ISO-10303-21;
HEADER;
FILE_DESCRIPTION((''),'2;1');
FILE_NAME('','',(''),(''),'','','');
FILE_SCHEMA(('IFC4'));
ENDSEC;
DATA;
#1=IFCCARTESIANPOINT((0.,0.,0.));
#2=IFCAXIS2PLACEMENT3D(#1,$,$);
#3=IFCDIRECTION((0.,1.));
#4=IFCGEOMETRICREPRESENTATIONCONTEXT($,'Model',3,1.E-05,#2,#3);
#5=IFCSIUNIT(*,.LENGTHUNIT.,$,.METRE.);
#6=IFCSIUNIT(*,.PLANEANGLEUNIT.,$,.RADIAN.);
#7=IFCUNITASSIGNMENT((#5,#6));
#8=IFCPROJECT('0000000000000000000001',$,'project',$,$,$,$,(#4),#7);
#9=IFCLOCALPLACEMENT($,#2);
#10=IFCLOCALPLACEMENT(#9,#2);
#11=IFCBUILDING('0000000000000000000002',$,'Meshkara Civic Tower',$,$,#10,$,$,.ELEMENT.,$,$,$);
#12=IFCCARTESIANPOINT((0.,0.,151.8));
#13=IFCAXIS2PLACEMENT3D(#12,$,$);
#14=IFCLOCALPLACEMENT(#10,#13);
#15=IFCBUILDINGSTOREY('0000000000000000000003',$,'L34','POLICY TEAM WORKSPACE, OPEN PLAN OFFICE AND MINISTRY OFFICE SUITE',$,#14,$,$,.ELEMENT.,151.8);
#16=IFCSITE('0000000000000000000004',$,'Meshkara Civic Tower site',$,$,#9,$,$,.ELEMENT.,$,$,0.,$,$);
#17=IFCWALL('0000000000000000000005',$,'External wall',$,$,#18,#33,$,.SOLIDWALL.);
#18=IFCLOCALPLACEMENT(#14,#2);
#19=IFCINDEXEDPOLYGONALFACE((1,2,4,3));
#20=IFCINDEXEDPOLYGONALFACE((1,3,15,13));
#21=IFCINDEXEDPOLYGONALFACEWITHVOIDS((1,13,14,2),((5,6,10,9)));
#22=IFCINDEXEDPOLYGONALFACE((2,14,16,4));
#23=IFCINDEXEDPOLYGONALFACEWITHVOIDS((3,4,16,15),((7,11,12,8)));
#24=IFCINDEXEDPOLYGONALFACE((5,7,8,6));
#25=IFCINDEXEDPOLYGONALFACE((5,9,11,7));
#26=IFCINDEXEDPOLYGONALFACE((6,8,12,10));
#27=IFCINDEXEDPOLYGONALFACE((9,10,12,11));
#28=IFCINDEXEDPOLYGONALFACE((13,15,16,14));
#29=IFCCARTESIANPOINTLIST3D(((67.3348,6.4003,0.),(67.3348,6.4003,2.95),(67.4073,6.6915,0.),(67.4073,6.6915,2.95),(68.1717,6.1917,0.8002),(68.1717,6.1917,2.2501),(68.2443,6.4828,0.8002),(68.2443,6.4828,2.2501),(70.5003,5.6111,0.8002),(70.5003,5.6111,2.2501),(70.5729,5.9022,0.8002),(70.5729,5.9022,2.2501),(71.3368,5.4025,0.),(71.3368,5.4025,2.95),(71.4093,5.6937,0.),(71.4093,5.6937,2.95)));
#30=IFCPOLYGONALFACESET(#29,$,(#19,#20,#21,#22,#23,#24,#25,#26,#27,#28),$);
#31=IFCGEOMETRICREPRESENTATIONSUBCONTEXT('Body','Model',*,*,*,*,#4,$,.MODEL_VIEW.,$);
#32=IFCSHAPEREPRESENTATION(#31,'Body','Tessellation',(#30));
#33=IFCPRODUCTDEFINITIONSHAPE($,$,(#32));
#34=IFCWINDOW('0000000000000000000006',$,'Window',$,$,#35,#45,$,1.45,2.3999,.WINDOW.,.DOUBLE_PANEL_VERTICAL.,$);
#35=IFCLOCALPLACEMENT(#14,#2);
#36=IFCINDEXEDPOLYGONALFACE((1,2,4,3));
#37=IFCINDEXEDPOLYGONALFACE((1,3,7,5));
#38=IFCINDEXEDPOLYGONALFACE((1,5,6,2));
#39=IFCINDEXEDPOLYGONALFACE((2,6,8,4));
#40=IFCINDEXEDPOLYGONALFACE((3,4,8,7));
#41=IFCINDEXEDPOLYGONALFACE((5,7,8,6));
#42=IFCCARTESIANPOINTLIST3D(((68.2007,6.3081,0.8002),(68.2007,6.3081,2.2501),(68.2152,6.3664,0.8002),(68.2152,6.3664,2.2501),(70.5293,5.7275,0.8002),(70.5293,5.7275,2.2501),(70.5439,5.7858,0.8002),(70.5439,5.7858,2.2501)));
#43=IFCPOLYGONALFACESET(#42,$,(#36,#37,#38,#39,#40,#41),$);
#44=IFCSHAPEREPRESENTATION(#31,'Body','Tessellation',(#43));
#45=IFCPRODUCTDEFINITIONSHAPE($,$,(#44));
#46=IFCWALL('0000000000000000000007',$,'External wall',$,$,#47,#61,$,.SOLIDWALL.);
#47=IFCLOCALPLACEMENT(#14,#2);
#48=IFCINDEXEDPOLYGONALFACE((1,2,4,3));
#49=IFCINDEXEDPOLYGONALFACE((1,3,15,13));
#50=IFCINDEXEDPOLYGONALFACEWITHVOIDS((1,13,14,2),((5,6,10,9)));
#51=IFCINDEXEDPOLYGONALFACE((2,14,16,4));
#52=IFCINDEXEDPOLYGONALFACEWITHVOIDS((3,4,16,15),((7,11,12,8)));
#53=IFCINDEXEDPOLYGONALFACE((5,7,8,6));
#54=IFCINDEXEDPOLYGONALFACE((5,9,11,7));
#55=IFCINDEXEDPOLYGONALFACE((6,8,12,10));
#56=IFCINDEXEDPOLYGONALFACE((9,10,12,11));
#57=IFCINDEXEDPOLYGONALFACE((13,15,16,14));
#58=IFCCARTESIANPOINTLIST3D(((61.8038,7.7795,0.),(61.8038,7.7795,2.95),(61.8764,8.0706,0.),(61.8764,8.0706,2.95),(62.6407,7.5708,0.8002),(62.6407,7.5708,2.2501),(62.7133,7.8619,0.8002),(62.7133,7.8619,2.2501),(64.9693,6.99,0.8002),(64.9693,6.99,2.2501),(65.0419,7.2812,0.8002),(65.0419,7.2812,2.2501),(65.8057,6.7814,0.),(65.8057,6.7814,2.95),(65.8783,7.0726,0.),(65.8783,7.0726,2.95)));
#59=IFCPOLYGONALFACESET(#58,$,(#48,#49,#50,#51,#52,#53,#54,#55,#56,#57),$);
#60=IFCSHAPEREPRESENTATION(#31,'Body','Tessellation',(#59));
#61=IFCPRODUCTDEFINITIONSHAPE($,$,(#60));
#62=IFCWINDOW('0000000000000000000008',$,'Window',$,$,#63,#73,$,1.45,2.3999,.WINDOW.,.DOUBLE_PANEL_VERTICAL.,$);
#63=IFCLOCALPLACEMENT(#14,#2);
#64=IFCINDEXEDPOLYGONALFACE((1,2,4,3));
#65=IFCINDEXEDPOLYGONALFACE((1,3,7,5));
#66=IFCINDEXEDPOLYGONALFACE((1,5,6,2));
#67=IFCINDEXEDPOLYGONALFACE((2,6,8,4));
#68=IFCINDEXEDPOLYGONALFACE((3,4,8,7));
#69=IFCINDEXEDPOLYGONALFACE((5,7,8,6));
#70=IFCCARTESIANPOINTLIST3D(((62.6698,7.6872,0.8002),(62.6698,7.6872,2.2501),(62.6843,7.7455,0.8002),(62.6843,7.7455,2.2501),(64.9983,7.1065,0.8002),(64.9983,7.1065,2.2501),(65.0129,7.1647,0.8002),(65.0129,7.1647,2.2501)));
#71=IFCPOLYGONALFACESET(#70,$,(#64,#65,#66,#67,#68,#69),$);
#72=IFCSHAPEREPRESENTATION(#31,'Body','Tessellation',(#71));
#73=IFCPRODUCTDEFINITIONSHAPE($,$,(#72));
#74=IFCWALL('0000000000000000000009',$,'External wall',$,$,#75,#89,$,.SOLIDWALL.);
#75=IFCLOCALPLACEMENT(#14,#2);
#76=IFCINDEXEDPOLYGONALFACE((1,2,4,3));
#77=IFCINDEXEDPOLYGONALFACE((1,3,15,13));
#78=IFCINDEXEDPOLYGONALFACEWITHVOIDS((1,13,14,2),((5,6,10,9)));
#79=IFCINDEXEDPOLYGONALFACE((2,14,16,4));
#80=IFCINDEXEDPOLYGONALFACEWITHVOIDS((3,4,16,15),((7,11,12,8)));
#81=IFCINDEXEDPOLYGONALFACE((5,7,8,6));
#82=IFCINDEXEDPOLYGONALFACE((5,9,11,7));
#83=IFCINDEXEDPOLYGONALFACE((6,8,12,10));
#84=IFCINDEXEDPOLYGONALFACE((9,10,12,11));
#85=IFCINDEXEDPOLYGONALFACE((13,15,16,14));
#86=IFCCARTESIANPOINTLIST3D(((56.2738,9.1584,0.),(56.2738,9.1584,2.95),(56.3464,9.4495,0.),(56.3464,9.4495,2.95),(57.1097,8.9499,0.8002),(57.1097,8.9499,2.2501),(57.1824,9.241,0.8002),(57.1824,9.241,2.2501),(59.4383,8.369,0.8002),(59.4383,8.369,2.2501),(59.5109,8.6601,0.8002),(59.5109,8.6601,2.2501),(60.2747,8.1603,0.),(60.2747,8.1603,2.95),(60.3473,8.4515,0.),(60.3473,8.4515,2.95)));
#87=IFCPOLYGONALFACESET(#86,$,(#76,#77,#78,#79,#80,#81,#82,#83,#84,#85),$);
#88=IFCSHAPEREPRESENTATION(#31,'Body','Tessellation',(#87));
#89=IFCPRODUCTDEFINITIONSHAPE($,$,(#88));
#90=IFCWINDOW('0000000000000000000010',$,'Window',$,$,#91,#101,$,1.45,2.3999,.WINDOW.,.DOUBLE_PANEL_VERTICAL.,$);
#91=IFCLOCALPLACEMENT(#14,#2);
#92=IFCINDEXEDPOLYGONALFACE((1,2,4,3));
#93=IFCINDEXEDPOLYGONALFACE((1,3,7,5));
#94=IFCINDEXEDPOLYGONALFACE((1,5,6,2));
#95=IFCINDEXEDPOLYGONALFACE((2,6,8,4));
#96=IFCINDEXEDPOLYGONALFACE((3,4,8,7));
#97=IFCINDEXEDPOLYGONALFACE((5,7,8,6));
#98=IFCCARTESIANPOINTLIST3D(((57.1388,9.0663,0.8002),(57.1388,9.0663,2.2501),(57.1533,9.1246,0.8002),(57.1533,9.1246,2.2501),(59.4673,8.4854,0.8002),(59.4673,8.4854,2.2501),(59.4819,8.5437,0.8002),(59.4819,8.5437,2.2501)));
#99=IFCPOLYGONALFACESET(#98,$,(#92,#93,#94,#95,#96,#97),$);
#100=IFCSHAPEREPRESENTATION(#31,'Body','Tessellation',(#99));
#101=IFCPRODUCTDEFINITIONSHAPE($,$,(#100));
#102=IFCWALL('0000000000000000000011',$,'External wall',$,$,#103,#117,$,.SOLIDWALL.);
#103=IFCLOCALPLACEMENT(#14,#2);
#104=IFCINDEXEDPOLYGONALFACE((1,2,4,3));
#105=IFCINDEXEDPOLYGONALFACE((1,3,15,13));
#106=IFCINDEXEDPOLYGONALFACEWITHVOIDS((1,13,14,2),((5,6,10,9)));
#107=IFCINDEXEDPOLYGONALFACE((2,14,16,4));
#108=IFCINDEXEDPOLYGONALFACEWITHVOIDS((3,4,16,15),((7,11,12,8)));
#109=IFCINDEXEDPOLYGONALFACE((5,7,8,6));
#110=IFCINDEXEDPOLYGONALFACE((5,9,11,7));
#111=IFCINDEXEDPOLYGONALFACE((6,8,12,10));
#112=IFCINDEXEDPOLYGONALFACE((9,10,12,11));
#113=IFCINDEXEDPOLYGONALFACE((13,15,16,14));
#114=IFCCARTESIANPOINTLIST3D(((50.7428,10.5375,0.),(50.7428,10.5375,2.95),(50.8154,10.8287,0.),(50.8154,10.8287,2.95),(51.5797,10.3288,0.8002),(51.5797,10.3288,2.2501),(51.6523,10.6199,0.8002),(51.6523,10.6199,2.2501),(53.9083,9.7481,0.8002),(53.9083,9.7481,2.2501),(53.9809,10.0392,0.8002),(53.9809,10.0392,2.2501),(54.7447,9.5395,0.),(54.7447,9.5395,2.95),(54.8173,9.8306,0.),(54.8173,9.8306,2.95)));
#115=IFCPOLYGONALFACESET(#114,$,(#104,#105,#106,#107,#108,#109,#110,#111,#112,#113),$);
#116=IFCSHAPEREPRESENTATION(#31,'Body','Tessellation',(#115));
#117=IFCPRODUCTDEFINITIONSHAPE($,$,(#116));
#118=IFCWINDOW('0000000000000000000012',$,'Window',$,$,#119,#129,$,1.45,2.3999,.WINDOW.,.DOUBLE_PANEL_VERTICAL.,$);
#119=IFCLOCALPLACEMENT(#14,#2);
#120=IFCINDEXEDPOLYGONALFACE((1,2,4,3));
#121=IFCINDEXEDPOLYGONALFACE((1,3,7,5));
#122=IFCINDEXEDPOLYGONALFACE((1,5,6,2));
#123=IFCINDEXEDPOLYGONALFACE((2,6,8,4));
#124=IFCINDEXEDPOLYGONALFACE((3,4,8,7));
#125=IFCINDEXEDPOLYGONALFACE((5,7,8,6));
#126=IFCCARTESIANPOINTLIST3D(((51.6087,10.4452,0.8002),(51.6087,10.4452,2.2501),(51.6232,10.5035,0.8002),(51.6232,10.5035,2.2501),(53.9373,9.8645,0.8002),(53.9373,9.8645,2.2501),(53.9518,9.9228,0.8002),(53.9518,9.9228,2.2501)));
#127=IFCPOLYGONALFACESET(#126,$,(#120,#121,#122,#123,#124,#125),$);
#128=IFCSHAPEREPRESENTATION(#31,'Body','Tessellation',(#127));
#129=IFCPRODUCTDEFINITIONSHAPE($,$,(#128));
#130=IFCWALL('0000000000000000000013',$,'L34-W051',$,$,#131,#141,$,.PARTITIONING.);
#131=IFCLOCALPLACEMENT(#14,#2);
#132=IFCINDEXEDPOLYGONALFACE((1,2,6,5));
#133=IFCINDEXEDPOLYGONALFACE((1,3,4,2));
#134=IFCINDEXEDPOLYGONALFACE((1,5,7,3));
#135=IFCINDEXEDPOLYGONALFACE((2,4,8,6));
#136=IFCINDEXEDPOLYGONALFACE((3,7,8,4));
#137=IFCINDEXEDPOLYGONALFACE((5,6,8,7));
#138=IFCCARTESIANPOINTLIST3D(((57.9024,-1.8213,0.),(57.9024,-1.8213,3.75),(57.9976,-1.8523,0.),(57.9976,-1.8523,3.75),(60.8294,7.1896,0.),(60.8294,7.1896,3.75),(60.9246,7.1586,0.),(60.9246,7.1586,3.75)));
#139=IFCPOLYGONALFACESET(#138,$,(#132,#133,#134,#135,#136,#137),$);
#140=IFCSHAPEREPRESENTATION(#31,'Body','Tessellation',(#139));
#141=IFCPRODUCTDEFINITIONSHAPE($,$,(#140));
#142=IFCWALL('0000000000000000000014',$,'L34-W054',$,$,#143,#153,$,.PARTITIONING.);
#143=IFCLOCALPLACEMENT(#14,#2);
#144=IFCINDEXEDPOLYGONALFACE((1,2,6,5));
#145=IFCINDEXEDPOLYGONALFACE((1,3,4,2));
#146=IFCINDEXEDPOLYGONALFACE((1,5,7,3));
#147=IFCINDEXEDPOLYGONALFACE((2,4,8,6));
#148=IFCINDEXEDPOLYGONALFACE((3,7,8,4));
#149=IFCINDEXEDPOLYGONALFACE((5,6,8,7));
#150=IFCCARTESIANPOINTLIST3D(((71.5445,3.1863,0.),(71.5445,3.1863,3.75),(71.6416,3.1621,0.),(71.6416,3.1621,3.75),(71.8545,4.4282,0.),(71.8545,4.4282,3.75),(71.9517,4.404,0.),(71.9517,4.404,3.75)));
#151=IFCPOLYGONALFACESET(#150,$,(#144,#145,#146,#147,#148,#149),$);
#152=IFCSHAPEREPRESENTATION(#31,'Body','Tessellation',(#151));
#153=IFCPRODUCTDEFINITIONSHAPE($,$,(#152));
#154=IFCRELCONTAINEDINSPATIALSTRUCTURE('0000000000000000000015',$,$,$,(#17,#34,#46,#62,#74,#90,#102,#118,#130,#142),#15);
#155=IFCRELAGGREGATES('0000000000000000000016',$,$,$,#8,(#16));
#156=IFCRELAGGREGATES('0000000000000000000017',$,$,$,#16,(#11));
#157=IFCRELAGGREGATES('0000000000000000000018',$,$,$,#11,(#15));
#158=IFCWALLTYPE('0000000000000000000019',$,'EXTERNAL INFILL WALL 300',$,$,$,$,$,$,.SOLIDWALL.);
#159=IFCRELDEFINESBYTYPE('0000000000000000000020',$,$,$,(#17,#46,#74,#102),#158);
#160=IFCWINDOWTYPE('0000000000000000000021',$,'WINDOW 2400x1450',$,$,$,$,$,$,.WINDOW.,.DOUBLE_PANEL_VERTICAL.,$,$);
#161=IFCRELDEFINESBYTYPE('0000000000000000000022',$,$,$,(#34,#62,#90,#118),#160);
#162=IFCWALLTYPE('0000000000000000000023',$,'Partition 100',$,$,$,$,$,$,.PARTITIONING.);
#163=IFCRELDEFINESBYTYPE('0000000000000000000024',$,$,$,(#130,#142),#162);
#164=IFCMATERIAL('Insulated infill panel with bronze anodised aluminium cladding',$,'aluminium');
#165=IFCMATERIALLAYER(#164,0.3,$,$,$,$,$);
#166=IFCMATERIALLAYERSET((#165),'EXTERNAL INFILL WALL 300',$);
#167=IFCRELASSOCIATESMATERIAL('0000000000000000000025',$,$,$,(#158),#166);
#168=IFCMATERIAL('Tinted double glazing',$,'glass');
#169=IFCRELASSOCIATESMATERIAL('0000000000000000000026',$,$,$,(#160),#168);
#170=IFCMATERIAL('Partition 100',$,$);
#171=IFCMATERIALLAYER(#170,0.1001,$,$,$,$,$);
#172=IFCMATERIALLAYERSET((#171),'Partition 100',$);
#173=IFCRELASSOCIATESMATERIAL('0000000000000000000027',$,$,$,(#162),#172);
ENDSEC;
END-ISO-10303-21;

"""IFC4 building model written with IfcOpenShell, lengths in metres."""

from ifc_helpers import new_model, si_unit, direction, frame, frame_2d, origin, place, context, subcontext, project, spatial, rectangle, extrude, material, layer, layer_set, type_object, element, fill, save


model = new_model("IFC4")

# Units and contexts
model_context = context("Model", 3, precision=1e-05, world=origin(), true_north=direction((0.0, 1.0)))
body_context = subcontext(model_context, "Body", "Model", "MODEL_VIEW")
ifc_project = project(units=[si_unit("LENGTHUNIT", "METRE"), si_unit("PLANEANGLEUNIT", "RADIAN")], contexts=[model_context])

# Site, building, storey
site_placement = place(None, origin())
site = spatial("IfcSite", under=ifc_project, at=site_placement, Name="Meshkara Civic Tower site", CompositionType="ELEMENT", RefElevation=0.0)
building_placement = place(site_placement, origin())
building = spatial("IfcBuilding", under=site, at=building_placement, Name="Meshkara Civic Tower", CompositionType="ELEMENT")
storey_placement = place(building_placement, frame((0.0, 0.0, 151.8)))
storey = spatial("IfcBuildingStorey", under=building, at=storey_placement, Name="L34", Description="POLICY TEAM WORKSPACE, OPEN PLAN OFFICE AND MINISTRY OFFICE SUITE", CompositionType="ELEMENT", Elevation=151.8)

# Walls, openings, windows
ifc_material_1 = material(Name="Insulated infill panel with bronze anodised aluminium cladding", Category="aluminium")
ifc_layer_1 = layer(ifc_material_1, 0.3)
ifc_layer_set_1 = layer_set([ifc_layer_1], Name="EXTERNAL INFILL WALL 300")
wall_type_1 = type_object("IfcWallType", Name="EXTERNAL INFILL WALL 300", PredefinedType="SOLIDWALL", material=ifc_layer_set_1)
wall_1_placement = place(storey_placement, frame((71.373, 5.5481, 0.0), z_axis=(0.0, 0.0, 1.0), x_axis=(-0.970296, 0.241923, 0.0)))
wall_1 = element("IfcWall", 1, at=wall_1_placement, inside=storey, type_object=wall_type_1, Name="External wall", PredefinedType="SOLIDWALL", context=body_context, shape_type="SweptSolid", body=[
    extrude(rectangle(XDim=4.1245, YDim=0.3, at=frame_2d((2.0623, 0.0))), origin(), (0.0, 0.0, 1.0), 2.95),
])
opening_1_placement = place(wall_1_placement, frame((0.8621, 0.0, 0.8)))
opening_1 = element("IfcOpeningElement", 2, at=opening_1_placement, cuts=wall_1, PredefinedType="OPENING", context=body_context, shape_type="SweptSolid", body=[
    extrude(rectangle(XDim=2.3999, YDim=1.45, at=frame_2d((1.2, 0.7251))), frame((0.0, 0.1599, 0.0), z_axis=(0.0, -1.0, 0.0), x_axis=(1.0, 0.0, 0.0)), (0.0, 0.0, 1.0), 0.3201),
])
ifc_material_2 = material(Name="Tinted double glazing", Category="glass")
window_type = type_object("IfcWindowType", Name="WINDOW 2400x1450", PartitioningType="DOUBLE_PANEL_VERTICAL", PredefinedType="WINDOW", material=ifc_material_2)
window_1_placement = place(opening_1_placement, origin())
window_1 = element("IfcWindow", 3, at=window_1_placement, inside=storey, type_object=window_type, Name="Window", OverallHeight=1.45, OverallWidth=2.3999, PartitioningType="DOUBLE_PANEL_VERTICAL", PredefinedType="WINDOW", context=body_context, shape_type="SweptSolid", body=[
    extrude(rectangle(XDim=2.3999, YDim=1.45, at=frame_2d((1.2, 0.7251))), frame((0.0, 0.03, 0.0), z_axis=(0.0, -1.0, 0.0), x_axis=(1.0, 0.0, 0.0)), (0.0, 0.0, 1.0), 0.0601),
])
fill(opening_1, window_1)
wall_2_placement = place(storey_placement, frame((65.842, 6.927, 0.0), z_axis=(0.0, 0.0, 1.0), x_axis=(-0.970282, 0.241978, 0.0)))
wall_2 = element("IfcWall", 4, at=wall_2_placement, inside=storey, type_object=wall_type_1, Name="External wall", PredefinedType="SOLIDWALL", context=body_context, shape_type="SweptSolid", body=[
    extrude(rectangle(XDim=4.1245, YDim=0.3, at=frame_2d((2.0623, 0.0))), origin(), (0.0, 0.0, 1.0), 2.95),
])
opening_2_placement = place(wall_2_placement, frame((0.8621, 0.0, 0.8)))
opening_2 = element("IfcOpeningElement", 5, at=opening_2_placement, cuts=wall_2, PredefinedType="OPENING", context=body_context, shape_type="SweptSolid", body=[
    extrude(rectangle(XDim=2.3999, YDim=1.45, at=frame_2d((1.2, 0.7251))), frame((0.0, 0.1599, 0.0), z_axis=(0.0, -1.0, 0.0), x_axis=(1.0, 0.0, 0.0)), (0.0, 0.0, 1.0), 0.3201),
])
window_2_placement = place(opening_2_placement, origin())
window_2 = element("IfcWindow", 6, at=window_2_placement, inside=storey, type_object=window_type, Name="Window", OverallHeight=1.45, OverallWidth=2.3999, PartitioningType="DOUBLE_PANEL_VERTICAL", PredefinedType="WINDOW", context=body_context, shape_type="SweptSolid", body=[
    extrude(rectangle(XDim=2.3999, YDim=1.45, at=frame_2d((1.2, 0.7251))), frame((0.0, 0.03, 0.0), z_axis=(0.0, -1.0, 0.0), x_axis=(1.0, 0.0, 0.0)), (0.0, 0.0, 1.0), 0.0601),
])
fill(opening_2, window_2)
wall_3_placement = place(storey_placement, frame((60.311, 8.3059, 0.0), z_axis=(0.0, 0.0, 1.0), x_axis=(-0.970268, 0.242034, 0.0)))
wall_3 = element("IfcWall", 7, at=wall_3_placement, inside=storey, type_object=wall_type_1, Name="External wall", PredefinedType="SOLIDWALL", context=body_context, shape_type="SweptSolid", body=[
    extrude(rectangle(XDim=4.1235, YDim=0.3, at=frame_2d((2.0618, 0.0))), origin(), (0.0, 0.0, 1.0), 2.95),
])
opening_3_placement = place(wall_3_placement, frame((0.8621, 0.0, 0.8)))
opening_3 = element("IfcOpeningElement", 8, at=opening_3_placement, cuts=wall_3, PredefinedType="OPENING", context=body_context, shape_type="SweptSolid", body=[
    extrude(rectangle(XDim=2.3999, YDim=1.45, at=frame_2d((1.2, 0.7251))), frame((0.0, 0.1599, 0.0), z_axis=(0.0, -1.0, 0.0), x_axis=(1.0, 0.0, 0.0)), (0.0, 0.0, 1.0), 0.3201),
])
window_3_placement = place(opening_3_placement, origin())
window_3 = element("IfcWindow", 9, at=window_3_placement, inside=storey, type_object=window_type, Name="Window", OverallHeight=1.45, OverallWidth=2.3999, PartitioningType="DOUBLE_PANEL_VERTICAL", PredefinedType="WINDOW", context=body_context, shape_type="SweptSolid", body=[
    extrude(rectangle(XDim=2.3999, YDim=1.45, at=frame_2d((1.2, 0.7251))), frame((0.0, 0.03, 0.0), z_axis=(0.0, -1.0, 0.0), x_axis=(1.0, 0.0, 0.0)), (0.0, 0.0, 1.0), 0.0601),
])
fill(opening_3, window_3)
wall_4_placement = place(storey_placement, frame((54.781, 9.6851, 0.0), z_axis=(0.0, 0.0, 1.0), x_axis=(-0.970282, 0.241978, 0.0)))
wall_4 = element("IfcWall", 10, at=wall_4_placement, inside=storey, type_object=wall_type_1, Name="External wall", PredefinedType="SOLIDWALL", context=body_context, shape_type="SweptSolid", body=[
    extrude(rectangle(XDim=4.1245, YDim=0.3, at=frame_2d((2.0623, 0.0))), origin(), (0.0, 0.0, 1.0), 2.95),
])
opening_4_placement = place(wall_4_placement, frame((0.8621, 0.0, 0.8)))
opening_4 = element("IfcOpeningElement", 11, at=opening_4_placement, cuts=wall_4, PredefinedType="OPENING", context=body_context, shape_type="SweptSolid", body=[
    extrude(rectangle(XDim=2.3999, YDim=1.45, at=frame_2d((1.2, 0.7251))), frame((0.0, 0.1599, 0.0), z_axis=(0.0, -1.0, 0.0), x_axis=(1.0, 0.0, 0.0)), (0.0, 0.0, 1.0), 0.3201),
])
window_4_placement = place(opening_4_placement, origin())
window_4 = element("IfcWindow", 12, at=window_4_placement, inside=storey, type_object=window_type, Name="Window", OverallHeight=1.45, OverallWidth=2.3999, PartitioningType="DOUBLE_PANEL_VERTICAL", PredefinedType="WINDOW", context=body_context, shape_type="SweptSolid", body=[
    extrude(rectangle(XDim=2.3999, YDim=1.45, at=frame_2d((1.2, 0.7251))), frame((0.0, 0.03, 0.0), z_axis=(0.0, -1.0, 0.0), x_axis=(1.0, 0.0, 0.0)), (0.0, 0.0, 1.0), 0.0601),
])
fill(opening_4, window_4)

# Walls
ifc_material_3 = material(Name="Partition 100")
ifc_layer_2 = layer(ifc_material_3, 0.1001)
ifc_layer_set_2 = layer_set([ifc_layer_2], Name="Partition 100")
wall_type_2 = type_object("IfcWallType", Name="Partition 100", PredefinedType="PARTITIONING", material=ifc_layer_set_2)
wall_5_placement = place(storey_placement, frame((57.95, -1.8369, 0.0), z_axis=(0.0, 0.0, 1.0), x_axis=(0.308936, 0.951083, 0.0)))
element("IfcWall", 13, at=wall_5_placement, inside=storey, type_object=wall_type_2, Name="L34-W051", PredefinedType="PARTITIONING", context=body_context, shape_type="SweptSolid", body=[
    extrude(rectangle(XDim=9.4744, YDim=0.1001, at=frame_2d((4.7373, 0.0))), origin(), (0.0, 0.0, 1.0), 3.75),
])
wall_6_placement = place(storey_placement, frame((71.593, 3.1741, 0.0), z_axis=(0.0, 0.0, 1.0), x_axis=(0.242221, 0.970221, 0.0)))
element("IfcWall", 14, at=wall_6_placement, inside=storey, type_object=wall_type_2, Name="L34-W054", PredefinedType="PARTITIONING", context=body_context, shape_type="SweptSolid", body=[
    extrude(rectangle(XDim=1.28, YDim=0.1001, at=frame_2d((0.6401, 0.0))), origin(), (0.0, 0.0, 1.0), 3.75),
])

save(model, "model.ifc")
